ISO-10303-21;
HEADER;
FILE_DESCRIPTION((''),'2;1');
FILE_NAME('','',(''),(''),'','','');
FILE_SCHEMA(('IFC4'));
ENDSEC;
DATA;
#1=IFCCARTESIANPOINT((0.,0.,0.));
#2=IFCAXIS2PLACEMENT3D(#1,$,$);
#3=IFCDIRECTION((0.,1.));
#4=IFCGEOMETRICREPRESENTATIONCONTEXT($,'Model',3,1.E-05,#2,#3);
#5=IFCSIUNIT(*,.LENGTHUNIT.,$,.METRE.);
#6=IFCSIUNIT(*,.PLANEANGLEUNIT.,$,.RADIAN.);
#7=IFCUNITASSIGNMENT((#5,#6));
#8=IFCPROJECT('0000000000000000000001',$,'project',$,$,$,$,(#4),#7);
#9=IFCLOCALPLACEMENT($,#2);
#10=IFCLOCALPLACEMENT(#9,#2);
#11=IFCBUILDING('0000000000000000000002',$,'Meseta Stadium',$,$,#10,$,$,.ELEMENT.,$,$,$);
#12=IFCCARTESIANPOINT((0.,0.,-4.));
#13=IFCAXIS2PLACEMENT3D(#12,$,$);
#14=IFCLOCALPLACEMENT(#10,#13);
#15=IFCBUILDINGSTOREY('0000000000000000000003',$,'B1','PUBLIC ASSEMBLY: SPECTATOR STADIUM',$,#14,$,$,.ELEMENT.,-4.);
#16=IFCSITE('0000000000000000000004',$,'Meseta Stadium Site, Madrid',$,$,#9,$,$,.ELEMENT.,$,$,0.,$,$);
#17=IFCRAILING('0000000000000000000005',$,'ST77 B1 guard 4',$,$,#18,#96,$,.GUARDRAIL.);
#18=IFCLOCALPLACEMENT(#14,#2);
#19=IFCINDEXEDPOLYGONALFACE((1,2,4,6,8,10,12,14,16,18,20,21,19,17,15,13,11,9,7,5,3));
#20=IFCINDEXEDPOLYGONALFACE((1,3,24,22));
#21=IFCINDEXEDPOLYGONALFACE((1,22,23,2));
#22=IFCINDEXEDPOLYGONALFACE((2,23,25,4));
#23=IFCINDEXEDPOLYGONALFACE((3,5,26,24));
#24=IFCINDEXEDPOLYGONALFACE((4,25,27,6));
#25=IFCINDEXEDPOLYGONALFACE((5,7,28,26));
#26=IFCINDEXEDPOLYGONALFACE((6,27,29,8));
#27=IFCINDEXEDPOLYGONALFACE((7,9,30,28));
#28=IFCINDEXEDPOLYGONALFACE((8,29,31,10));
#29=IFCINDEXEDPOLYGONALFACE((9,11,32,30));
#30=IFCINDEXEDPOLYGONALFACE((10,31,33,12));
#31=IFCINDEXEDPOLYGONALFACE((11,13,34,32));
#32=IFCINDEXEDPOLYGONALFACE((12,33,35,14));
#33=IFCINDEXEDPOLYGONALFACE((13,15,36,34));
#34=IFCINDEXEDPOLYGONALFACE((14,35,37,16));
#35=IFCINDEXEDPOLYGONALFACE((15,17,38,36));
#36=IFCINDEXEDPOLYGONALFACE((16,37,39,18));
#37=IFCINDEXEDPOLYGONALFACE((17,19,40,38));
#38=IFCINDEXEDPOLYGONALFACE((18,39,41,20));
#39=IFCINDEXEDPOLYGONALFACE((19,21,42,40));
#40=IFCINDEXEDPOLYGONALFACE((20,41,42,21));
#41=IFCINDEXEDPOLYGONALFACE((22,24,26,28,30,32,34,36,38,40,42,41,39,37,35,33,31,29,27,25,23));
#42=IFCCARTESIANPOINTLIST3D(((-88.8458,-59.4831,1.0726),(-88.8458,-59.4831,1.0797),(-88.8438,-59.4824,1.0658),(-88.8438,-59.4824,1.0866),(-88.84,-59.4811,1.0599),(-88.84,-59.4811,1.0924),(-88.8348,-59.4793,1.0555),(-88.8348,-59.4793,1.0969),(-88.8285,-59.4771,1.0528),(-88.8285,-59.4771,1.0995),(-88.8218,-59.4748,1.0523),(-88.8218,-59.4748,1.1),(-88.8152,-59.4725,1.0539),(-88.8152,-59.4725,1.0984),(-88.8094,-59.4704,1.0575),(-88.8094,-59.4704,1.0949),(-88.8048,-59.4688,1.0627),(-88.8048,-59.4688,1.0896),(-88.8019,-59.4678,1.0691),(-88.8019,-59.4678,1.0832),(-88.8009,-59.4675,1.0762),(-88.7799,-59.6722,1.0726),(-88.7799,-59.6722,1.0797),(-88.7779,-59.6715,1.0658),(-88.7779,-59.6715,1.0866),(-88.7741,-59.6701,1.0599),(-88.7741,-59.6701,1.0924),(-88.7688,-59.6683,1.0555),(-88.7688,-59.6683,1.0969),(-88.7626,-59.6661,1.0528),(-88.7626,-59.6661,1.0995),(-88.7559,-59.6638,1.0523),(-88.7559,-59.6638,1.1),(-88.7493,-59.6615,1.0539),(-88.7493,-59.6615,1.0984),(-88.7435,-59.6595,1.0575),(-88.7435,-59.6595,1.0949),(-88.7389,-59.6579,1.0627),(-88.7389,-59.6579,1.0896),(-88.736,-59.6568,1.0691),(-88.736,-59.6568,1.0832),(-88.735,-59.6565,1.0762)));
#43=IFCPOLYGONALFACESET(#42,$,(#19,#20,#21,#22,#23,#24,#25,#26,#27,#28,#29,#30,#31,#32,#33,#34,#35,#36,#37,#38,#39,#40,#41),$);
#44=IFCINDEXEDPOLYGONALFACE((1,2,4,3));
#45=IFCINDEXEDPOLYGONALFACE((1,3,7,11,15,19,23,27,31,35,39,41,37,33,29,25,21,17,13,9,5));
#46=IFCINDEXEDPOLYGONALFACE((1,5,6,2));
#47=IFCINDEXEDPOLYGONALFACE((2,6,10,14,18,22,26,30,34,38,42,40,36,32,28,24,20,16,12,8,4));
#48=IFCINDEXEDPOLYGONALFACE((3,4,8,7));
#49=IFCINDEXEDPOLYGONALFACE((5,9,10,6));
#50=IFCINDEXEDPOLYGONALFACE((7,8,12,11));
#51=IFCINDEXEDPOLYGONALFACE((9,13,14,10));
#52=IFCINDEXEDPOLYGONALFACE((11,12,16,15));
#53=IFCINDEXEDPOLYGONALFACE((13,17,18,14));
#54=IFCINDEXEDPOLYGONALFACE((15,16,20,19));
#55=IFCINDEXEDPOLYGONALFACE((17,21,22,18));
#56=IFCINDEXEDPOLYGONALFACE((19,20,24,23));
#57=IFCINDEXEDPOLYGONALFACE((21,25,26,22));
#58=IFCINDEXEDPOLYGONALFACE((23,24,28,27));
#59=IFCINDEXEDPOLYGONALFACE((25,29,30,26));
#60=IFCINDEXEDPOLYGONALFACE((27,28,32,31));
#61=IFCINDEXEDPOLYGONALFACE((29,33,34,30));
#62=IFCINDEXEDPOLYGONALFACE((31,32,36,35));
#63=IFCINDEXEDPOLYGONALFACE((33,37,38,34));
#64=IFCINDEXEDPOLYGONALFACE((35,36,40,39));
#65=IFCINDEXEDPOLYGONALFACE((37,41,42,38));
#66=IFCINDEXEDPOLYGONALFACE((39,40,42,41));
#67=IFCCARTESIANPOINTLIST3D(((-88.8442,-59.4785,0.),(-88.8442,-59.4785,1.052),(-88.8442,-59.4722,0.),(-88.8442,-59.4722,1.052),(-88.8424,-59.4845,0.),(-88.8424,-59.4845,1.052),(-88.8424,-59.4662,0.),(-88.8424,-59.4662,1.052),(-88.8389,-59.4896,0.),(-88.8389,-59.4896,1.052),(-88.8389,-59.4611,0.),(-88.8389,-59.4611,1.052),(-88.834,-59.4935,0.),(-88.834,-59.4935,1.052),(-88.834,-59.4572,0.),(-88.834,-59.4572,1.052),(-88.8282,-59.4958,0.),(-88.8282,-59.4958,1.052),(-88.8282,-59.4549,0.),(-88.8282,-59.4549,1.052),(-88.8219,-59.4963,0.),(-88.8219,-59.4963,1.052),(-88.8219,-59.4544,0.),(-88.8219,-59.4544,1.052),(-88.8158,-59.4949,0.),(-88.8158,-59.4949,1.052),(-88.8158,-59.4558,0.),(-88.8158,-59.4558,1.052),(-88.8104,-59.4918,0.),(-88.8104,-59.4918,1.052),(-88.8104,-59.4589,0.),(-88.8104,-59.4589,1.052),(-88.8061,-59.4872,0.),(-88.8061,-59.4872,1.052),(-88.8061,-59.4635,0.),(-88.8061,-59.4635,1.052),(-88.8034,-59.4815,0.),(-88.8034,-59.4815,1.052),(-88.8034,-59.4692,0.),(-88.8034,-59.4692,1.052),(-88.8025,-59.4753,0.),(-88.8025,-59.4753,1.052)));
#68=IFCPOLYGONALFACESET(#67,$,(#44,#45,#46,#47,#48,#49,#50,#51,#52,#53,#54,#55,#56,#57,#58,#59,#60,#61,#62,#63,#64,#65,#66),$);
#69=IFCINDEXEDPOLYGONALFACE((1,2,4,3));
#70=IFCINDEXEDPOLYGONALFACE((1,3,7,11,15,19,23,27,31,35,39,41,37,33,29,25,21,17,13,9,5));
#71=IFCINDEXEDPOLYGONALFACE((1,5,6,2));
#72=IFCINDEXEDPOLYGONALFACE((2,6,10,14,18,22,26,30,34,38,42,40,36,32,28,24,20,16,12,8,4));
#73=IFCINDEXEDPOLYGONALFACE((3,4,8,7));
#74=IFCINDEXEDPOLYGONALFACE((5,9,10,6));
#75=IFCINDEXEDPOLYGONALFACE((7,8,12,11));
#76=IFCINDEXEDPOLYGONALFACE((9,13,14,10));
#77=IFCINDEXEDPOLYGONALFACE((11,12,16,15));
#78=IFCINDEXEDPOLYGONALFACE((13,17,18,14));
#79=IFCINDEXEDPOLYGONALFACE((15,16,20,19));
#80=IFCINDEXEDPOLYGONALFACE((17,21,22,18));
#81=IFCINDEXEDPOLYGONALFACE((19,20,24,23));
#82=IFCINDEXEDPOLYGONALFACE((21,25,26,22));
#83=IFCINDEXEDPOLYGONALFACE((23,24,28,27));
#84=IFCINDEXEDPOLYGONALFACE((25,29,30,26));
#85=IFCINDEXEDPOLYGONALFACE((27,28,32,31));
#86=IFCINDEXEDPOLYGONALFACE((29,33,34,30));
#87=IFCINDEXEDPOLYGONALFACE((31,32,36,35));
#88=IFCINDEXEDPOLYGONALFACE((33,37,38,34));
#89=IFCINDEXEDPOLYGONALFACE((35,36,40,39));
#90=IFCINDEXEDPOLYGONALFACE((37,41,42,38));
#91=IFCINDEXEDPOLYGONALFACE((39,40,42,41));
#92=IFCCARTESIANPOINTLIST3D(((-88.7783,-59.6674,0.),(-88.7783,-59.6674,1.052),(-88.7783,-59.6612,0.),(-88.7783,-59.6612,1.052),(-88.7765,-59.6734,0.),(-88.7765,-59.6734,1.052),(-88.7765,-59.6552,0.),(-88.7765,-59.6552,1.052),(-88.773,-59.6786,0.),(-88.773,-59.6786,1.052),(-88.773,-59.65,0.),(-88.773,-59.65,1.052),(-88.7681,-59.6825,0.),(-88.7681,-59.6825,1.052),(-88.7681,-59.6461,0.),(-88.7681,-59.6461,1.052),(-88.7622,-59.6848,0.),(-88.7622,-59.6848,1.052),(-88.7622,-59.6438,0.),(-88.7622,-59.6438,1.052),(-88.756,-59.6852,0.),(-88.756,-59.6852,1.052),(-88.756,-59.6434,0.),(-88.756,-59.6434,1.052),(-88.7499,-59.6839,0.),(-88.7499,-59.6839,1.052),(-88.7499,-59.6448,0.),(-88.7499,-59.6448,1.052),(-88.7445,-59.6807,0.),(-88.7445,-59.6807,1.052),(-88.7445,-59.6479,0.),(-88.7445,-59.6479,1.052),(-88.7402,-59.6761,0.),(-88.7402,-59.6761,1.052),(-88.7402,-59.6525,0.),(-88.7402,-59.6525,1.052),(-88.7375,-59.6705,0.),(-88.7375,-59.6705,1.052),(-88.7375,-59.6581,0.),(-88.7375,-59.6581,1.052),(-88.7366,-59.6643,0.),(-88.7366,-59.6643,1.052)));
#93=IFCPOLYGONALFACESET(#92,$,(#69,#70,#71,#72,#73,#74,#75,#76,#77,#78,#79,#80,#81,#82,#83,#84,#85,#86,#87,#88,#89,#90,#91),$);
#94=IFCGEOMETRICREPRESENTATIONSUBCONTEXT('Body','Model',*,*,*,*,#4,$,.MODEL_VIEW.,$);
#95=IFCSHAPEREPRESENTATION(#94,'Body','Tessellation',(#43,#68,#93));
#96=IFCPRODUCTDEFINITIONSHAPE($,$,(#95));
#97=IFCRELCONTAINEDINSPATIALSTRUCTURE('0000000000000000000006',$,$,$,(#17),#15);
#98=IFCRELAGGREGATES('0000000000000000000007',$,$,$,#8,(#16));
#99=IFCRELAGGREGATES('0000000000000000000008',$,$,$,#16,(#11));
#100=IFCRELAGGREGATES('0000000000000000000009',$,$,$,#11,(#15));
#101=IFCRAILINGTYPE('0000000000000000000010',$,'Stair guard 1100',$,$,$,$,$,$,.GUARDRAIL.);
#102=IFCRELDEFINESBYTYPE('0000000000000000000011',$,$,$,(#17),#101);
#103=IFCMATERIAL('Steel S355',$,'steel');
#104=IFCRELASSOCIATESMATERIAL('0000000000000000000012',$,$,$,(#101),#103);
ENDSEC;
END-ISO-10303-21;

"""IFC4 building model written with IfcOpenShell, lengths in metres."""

from ifc_helpers import new_model, si_unit, direction, frame, origin, origin_2d, place, context, subcontext, project, spatial, circle, extrude, material, type_object, element, save


model = new_model("IFC4")

# Units and contexts
model_context = context("Model", 3, precision=1e-05, world=origin(), true_north=direction((0.0, 1.0)))
body_context = subcontext(model_context, "Body", "Model", "MODEL_VIEW")
ifc_project = project(units=[si_unit("LENGTHUNIT", "METRE"), si_unit("PLANEANGLEUNIT", "RADIAN")], contexts=[model_context])

# Site, building, storey
site_placement = place(None, origin())
site = spatial("IfcSite", under=ifc_project, at=site_placement, Name="Meseta Stadium Site, Madrid", CompositionType="ELEMENT", RefElevation=0.0)
building_placement = place(site_placement, origin())
building = spatial("IfcBuilding", under=site, at=building_placement, Name="Meseta Stadium", CompositionType="ELEMENT")
storey_placement = place(building_placement, frame((0.0, 0.0, -4.0)))
storey = spatial("IfcBuildingStorey", under=building, at=storey_placement, Name="B1", Description="PUBLIC ASSEMBLY: SPECTATOR STADIUM", CompositionType="ELEMENT", Elevation=-4.0)

# Railing
ifc_material_1 = material(Name="Steel S355", Category="steel")
railing_type_1 = type_object("IfcRailingType", Name="Stair guard 1100", PredefinedType="GUARDRAIL", material=ifc_material_1)
railing_1_placement = place(storey_placement, frame((-88.8235, -59.4753, 0.0)))
element("IfcRailing", 1, at=railing_1_placement, inside=storey, type_object=railing_type_1, Name="ST77 B1 guard 4", PredefinedType="GUARDRAIL", context=body_context, shape_type="SweptSolid", body=[
    extrude(circle(Radius=0.0239, at=origin_2d()), frame((0.0, 0.0, 1.0762), z_axis=(0.329372, -0.9442, 0.0), x_axis=(0.9442, 0.329372, 0.0)), (0.0, 0.0, 1.0), 0.2002),
    extrude(circle(Radius=0.021, at=origin_2d()), origin(), (0.0, 0.0, 1.0), 1.052),
    extrude(circle(Radius=0.021, at=origin_2d()), frame((0.0659, -0.189, 0.0)), (0.0, 0.0, 1.0), 1.052),
])

save(model, "model.ifc")
